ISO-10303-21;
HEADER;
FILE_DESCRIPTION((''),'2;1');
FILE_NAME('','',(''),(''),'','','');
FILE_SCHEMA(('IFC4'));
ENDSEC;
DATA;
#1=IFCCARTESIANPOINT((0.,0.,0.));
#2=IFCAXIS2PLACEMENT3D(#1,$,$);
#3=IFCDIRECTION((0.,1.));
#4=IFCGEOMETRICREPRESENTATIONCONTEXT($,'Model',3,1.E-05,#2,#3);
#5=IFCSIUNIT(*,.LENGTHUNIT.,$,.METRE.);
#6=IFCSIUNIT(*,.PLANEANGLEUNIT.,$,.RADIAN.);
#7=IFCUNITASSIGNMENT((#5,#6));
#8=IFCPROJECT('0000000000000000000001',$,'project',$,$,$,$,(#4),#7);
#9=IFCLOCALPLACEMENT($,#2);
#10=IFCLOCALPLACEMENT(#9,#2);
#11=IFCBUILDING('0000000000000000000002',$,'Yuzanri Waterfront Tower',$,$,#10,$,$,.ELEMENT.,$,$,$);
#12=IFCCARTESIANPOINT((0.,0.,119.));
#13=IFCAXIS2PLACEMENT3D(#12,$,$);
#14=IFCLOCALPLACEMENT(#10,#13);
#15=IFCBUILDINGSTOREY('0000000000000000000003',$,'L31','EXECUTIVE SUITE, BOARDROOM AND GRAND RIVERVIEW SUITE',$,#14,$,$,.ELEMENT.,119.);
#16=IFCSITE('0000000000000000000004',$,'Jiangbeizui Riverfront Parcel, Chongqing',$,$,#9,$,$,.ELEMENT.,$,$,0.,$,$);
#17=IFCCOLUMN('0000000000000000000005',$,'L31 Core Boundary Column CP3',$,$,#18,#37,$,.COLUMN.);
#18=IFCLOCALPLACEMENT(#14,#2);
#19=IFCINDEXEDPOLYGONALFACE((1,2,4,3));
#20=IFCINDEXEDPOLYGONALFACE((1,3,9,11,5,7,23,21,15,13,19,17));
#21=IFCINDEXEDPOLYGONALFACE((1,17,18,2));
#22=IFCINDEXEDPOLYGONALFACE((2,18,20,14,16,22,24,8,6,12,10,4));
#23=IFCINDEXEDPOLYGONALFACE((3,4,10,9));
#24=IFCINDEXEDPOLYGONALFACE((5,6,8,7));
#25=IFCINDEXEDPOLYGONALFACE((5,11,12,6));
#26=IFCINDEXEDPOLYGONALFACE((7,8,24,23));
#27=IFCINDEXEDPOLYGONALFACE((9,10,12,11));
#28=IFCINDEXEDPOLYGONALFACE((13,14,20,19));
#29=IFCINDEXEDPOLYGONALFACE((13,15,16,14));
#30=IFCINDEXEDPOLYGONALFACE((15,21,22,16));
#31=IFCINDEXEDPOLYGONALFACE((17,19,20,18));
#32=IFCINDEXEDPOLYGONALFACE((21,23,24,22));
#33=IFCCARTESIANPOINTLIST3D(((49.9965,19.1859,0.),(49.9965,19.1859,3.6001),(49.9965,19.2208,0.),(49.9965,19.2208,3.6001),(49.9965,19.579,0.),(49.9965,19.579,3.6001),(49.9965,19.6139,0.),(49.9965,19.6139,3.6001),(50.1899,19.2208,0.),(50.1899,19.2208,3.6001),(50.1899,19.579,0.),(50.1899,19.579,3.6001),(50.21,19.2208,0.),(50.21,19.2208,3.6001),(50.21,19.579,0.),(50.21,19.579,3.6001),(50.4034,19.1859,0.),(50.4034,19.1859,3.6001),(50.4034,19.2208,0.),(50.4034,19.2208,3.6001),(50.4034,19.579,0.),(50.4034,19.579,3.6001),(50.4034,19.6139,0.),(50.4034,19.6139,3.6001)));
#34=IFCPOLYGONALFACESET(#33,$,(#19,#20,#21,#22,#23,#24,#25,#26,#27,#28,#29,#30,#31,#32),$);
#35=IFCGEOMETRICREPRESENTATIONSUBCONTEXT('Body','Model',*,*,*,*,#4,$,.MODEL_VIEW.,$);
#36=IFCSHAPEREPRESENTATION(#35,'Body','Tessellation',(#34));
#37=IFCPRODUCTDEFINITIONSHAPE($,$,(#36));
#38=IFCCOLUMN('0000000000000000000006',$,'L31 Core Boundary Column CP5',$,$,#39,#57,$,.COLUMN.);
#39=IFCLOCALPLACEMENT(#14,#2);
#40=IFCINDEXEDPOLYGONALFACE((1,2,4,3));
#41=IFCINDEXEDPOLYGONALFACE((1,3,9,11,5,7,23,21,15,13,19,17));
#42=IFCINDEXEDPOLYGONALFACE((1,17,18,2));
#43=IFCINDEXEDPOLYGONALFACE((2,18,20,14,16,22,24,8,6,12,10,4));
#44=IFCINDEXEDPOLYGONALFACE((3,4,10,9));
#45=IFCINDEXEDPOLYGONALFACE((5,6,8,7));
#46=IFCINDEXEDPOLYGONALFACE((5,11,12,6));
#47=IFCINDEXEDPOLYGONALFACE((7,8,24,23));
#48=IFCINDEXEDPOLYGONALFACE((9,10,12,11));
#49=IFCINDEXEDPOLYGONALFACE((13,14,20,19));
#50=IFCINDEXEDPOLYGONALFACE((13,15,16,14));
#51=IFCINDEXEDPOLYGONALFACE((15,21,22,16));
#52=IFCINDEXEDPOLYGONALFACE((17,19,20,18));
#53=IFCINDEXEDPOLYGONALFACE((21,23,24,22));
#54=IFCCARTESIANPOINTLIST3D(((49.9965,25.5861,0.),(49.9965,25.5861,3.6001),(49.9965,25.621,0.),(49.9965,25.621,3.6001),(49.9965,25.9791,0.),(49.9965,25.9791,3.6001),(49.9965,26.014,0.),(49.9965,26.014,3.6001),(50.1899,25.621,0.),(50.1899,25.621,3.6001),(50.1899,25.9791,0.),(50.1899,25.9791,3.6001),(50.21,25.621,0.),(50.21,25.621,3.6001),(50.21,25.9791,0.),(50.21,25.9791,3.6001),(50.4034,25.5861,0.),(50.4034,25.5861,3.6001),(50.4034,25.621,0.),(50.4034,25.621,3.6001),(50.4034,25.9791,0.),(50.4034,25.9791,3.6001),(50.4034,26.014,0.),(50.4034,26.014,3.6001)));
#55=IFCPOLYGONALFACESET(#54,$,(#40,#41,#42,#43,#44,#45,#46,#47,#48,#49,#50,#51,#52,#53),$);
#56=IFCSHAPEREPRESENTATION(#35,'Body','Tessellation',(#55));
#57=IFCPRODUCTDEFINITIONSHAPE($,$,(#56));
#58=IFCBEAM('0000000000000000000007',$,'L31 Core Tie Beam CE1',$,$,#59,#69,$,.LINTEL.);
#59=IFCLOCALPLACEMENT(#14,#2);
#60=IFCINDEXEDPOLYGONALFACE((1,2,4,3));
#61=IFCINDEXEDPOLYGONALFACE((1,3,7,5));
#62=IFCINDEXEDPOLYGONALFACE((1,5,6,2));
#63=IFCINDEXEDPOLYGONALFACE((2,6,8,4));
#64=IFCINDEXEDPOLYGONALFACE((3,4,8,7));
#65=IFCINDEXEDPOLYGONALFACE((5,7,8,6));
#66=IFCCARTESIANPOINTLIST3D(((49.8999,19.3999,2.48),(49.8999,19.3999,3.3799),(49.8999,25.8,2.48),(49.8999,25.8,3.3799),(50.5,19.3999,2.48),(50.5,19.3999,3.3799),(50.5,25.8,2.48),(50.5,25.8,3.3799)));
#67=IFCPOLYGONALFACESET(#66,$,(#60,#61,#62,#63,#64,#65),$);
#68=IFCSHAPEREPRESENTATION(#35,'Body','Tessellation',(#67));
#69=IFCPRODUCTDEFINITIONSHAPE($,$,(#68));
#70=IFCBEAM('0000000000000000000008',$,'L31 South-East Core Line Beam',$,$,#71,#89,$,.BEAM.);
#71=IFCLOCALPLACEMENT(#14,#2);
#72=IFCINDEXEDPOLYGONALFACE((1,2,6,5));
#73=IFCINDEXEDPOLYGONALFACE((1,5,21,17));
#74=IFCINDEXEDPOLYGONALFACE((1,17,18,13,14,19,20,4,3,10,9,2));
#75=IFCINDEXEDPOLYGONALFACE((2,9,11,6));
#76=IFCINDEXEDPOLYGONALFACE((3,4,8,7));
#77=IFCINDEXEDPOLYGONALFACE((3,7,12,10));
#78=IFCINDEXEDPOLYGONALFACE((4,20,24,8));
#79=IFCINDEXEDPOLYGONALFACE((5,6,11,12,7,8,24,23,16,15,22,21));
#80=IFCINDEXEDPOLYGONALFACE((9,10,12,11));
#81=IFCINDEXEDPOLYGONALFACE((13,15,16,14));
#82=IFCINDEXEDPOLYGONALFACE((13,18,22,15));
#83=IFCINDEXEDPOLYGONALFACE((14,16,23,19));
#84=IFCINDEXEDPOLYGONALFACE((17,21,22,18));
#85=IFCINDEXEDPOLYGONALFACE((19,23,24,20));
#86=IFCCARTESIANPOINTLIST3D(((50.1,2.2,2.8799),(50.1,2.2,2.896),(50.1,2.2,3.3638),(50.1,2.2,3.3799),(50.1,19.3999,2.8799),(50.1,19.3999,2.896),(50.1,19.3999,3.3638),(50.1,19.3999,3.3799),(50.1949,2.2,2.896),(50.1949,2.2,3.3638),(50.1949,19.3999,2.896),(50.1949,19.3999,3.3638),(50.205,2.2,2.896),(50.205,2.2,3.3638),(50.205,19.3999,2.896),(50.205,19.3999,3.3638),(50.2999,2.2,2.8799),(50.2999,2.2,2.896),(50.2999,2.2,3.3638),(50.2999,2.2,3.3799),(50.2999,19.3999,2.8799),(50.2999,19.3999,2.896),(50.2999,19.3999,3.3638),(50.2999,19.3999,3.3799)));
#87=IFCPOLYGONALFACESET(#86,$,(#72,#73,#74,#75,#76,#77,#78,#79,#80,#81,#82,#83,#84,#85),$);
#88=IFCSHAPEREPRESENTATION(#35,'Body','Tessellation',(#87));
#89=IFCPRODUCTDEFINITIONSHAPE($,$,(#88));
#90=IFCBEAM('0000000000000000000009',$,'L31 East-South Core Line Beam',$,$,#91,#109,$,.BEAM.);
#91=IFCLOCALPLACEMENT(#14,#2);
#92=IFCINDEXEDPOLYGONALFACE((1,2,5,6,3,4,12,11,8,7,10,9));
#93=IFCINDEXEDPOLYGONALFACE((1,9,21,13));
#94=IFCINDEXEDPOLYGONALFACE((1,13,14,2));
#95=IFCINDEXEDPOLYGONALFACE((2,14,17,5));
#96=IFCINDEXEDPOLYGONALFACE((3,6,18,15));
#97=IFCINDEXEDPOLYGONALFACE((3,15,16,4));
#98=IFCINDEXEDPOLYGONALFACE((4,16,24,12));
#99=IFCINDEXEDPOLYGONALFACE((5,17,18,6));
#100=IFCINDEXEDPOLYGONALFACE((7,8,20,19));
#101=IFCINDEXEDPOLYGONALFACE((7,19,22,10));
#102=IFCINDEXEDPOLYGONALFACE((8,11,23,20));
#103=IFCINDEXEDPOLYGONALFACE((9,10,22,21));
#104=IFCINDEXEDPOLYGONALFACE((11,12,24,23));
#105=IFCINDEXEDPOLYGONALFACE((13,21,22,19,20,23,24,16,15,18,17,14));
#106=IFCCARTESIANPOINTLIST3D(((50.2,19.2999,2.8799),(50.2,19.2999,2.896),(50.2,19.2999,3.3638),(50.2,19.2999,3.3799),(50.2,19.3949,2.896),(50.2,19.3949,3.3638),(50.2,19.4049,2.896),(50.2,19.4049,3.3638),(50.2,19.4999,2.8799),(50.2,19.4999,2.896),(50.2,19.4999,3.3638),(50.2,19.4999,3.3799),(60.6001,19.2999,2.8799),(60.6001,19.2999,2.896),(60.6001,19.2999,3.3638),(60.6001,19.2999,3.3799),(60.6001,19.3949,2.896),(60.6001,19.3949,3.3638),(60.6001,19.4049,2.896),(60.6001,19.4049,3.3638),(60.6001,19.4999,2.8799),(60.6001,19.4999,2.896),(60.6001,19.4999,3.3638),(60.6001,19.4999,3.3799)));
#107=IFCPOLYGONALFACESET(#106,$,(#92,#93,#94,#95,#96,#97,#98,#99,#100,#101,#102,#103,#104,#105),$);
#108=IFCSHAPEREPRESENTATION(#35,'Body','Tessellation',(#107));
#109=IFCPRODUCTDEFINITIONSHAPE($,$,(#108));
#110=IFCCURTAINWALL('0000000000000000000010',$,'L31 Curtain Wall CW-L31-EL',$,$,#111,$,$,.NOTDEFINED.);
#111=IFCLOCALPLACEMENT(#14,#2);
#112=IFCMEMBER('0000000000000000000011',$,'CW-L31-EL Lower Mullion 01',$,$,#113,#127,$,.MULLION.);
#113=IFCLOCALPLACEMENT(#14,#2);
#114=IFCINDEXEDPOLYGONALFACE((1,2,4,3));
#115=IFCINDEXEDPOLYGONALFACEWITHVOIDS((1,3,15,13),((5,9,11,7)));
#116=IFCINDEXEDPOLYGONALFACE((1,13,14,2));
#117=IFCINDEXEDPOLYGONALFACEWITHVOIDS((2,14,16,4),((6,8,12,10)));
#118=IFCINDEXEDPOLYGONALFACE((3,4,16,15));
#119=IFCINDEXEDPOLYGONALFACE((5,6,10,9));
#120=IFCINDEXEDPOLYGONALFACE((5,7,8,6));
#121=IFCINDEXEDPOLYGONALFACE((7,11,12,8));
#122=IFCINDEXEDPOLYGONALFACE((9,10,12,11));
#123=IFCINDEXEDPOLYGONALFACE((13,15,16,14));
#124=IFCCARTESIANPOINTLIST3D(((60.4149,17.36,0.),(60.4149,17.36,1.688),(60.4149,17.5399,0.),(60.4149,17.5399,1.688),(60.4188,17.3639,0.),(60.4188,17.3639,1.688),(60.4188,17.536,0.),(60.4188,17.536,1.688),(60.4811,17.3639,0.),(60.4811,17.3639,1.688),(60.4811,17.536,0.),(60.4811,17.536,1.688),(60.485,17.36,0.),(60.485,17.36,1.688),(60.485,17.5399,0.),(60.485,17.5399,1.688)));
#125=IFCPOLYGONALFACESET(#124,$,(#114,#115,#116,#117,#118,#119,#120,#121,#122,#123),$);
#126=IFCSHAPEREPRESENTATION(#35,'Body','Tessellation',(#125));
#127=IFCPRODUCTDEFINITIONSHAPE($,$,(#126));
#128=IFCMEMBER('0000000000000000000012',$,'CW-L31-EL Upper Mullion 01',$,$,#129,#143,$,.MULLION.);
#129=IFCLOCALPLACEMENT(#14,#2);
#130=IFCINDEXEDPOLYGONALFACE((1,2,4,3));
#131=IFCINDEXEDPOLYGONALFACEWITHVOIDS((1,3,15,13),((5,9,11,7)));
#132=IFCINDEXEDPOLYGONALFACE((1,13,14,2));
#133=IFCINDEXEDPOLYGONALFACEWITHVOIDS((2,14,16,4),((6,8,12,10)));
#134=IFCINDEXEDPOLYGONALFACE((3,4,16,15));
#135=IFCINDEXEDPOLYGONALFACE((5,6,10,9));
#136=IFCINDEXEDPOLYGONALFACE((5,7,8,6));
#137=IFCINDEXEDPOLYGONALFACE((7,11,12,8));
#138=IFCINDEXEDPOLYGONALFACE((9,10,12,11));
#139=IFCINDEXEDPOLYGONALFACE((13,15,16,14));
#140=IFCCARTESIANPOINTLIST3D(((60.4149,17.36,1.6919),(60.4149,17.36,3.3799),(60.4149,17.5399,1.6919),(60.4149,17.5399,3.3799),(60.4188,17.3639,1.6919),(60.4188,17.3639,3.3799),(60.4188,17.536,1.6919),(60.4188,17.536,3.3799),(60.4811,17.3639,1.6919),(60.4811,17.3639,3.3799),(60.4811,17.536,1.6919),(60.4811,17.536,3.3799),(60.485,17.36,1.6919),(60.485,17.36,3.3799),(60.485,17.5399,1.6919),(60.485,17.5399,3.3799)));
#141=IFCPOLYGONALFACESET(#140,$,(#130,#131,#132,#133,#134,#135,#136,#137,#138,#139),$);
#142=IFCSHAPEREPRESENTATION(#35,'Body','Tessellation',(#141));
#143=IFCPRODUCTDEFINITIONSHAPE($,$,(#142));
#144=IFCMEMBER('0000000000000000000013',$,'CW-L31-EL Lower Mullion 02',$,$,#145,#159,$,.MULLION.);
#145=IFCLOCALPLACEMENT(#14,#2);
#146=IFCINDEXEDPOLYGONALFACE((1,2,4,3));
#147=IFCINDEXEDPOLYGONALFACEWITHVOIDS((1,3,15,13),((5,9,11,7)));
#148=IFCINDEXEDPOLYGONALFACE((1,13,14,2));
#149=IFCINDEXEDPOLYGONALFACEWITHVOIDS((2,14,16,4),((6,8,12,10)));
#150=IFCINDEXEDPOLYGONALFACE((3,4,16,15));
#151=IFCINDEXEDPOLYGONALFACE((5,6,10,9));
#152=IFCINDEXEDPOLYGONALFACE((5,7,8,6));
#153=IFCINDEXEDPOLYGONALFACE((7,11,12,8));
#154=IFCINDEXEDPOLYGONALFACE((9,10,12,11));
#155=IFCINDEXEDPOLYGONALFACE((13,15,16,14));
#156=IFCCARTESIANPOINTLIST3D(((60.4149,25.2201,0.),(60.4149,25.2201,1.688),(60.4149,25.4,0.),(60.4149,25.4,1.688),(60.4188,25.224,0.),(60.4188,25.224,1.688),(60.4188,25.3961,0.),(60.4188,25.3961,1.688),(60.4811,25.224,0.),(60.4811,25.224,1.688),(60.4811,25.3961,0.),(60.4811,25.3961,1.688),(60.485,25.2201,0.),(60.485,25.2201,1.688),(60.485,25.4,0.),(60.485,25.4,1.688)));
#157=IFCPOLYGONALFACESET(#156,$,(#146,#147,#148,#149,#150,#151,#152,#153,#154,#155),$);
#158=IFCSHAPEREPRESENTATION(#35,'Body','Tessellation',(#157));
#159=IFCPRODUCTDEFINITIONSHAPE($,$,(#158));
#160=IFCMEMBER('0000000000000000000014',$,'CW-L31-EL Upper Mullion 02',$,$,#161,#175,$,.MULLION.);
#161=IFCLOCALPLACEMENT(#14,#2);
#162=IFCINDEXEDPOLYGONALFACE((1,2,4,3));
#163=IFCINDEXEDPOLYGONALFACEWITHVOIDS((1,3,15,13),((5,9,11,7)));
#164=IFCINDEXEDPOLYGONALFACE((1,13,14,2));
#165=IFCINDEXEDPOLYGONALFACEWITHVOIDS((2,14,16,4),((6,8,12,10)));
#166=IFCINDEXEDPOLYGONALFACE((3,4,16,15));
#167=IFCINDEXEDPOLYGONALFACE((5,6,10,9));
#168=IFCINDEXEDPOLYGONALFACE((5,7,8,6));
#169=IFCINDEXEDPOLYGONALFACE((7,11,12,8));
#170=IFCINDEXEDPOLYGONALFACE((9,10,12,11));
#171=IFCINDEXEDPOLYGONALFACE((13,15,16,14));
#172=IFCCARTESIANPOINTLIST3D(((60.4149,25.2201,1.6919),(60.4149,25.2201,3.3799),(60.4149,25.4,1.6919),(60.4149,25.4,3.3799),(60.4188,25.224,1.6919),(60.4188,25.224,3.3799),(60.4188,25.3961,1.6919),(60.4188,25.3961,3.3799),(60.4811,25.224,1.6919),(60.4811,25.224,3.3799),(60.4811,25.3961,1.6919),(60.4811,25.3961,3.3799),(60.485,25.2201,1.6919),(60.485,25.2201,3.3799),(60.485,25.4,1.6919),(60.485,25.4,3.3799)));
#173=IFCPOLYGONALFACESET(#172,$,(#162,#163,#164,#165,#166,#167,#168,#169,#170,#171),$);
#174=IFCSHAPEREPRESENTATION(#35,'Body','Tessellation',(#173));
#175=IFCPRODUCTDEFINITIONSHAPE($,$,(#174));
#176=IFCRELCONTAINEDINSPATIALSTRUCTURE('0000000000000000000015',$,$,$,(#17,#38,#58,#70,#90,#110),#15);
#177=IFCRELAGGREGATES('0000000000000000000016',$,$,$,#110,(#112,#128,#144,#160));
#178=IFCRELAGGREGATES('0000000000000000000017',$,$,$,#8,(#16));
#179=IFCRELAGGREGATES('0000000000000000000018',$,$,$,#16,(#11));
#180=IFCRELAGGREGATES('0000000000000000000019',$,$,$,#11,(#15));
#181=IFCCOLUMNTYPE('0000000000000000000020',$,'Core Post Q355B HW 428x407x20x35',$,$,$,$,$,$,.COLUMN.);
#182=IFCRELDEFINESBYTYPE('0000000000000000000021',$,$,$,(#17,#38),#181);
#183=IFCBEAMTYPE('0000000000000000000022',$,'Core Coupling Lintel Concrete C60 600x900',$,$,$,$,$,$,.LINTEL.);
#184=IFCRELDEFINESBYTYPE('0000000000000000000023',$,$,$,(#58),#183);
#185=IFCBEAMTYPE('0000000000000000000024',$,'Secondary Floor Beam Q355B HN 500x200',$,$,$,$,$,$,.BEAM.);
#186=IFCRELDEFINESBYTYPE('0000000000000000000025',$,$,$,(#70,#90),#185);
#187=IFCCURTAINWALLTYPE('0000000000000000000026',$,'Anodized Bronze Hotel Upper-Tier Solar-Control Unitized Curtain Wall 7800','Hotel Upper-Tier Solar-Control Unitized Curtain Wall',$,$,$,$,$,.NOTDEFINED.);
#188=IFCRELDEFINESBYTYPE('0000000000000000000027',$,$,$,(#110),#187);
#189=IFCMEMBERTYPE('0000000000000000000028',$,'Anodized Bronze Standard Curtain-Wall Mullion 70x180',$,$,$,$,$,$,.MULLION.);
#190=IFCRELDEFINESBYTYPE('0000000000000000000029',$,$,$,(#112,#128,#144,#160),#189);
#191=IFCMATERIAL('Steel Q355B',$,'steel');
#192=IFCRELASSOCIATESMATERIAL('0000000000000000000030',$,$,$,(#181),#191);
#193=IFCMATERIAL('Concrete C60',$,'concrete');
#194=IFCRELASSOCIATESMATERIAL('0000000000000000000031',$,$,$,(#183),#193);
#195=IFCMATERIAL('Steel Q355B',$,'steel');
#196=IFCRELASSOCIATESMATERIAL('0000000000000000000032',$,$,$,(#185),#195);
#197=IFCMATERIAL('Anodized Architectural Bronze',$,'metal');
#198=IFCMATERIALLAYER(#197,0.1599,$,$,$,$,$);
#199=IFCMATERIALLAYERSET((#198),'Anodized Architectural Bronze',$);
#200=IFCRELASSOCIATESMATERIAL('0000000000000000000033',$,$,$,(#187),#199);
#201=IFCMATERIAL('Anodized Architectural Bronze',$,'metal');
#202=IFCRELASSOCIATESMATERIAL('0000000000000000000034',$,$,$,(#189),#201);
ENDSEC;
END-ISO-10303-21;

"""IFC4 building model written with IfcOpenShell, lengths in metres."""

from ifc_helpers import new_model, si_unit, direction, frame, origin, origin_2d, place, context, subcontext, project, spatial, rectangle, hollow_rectangle, i_section, extrude, source, transform, mapped, material, layer, layer_set, material_profile, profile_set, type_object, element, aggregate, save


model = new_model("IFC4")

# Units and contexts
model_context = context("Model", 3, precision=1e-05, world=origin(), true_north=direction((0.0, 1.0)))
body_context = subcontext(model_context, "Body", "Model", "MODEL_VIEW")
ifc_project = project(units=[si_unit("LENGTHUNIT", "METRE"), si_unit("PLANEANGLEUNIT", "RADIAN")], contexts=[model_context])

# Site, building, storey
site_placement = place(None, origin())
site = spatial("IfcSite", under=ifc_project, at=site_placement, Name="Jiangbeizui Riverfront Parcel, Chongqing", CompositionType="ELEMENT", RefElevation=0.0)
building_placement = place(site_placement, origin())
building = spatial("IfcBuilding", under=site, at=building_placement, Name="Yuzanri Waterfront Tower", CompositionType="ELEMENT")
storey_placement = place(building_placement, frame((0.0, 0.0, 119.0)))
storey = spatial("IfcBuildingStorey", under=building, at=storey_placement, Name="L31", Description="EXECUTIVE SUITE, BOARDROOM AND GRAND RIVERVIEW SUITE", CompositionType="ELEMENT", Elevation=119.0)

# Columns
ifc_material_1 = material(Name="Steel Q355B", Category="steel")
ifc_material_profile_1 = material_profile(ifc_material_1, i_section(OverallWidth=0.407, OverallDepth=0.428, WebThickness=0.02, FlangeThickness=0.0349, at=origin_2d()), Name="HW 428x407x20x35")
ifc_profile_set_1 = profile_set([ifc_material_profile_1], Name="Steel Q355B")
column_type = type_object("IfcColumnType", Name="Core Post Q355B HW 428x407x20x35", PredefinedType="COLUMN", material=ifc_profile_set_1)
shared_shape_1 = source(origin(), body_context, "Body", "SweptSolid", [
    extrude(i_section(OverallWidth=0.407, OverallDepth=0.428, WebThickness=0.02, FlangeThickness=0.0349, at=origin_2d()), origin(), (0.0, 0.0, 1.0), 3.6001),
])
for number, where, z_axis, x_axis, name in (
    (1, (50.2, 19.3999, 0.0), (0.0, 0.0, 1.0), (1.0, 0.0, 0.0), "L31 Core Boundary Column CP3"),
    (2, (50.2, 25.8, 0.0), (0.0, 0.0, 1.0), (1.0, 0.0, 0.0), "L31 Core Boundary Column CP5"),
):
    element("IfcColumn", number, at=place(storey_placement, frame(where, z_axis=z_axis, x_axis=x_axis)), inside=storey, type_object=column_type, Name=name, PredefinedType="COLUMN", context=body_context, shape_type="MappedRepresentation", body=[
        mapped(shared_shape_1, transform((0.0, 0.0, 0.0), scale=1.0)),
    ])

# Beams
ifc_material_2 = material(Name="Concrete C60", Category="concrete")
ifc_material_profile_2 = material_profile(ifc_material_2, rectangle(XDim=0.6001, YDim=0.8999, at=origin_2d()), Name="RC 600x900")
ifc_profile_set_2 = profile_set([ifc_material_profile_2], Name="Concrete C60")
beam_type_1 = type_object("IfcBeamType", Name="Core Coupling Lintel Concrete C60 600x900", PredefinedType="LINTEL", material=ifc_profile_set_2)
shared_shape_2 = source(origin(), body_context, "Body", "SweptSolid", [
    extrude(rectangle(XDim=0.6001, YDim=0.8999, at=origin_2d()), origin(), (0.0, 0.0, 1.0), 6.4001),
])
beam_1_placement = place(storey_placement, frame((50.2, 19.3999, 2.9299), z_axis=(0.0, 1.0, 0.0), x_axis=(-1.0, 0.0, 0.0)))
element("IfcBeam", 3, at=beam_1_placement, inside=storey, type_object=beam_type_1, Name="L31 Core Tie Beam CE1", PredefinedType="LINTEL", context=body_context, shape_type="MappedRepresentation", body=[
    mapped(shared_shape_2, transform((0.0, 0.0, 0.0), scale=1.0)),
])
ifc_material_3 = material(Name="Steel Q355B", Category="steel")
ifc_material_profile_3 = material_profile(ifc_material_3, i_section(OverallWidth=0.2, OverallDepth=0.5, WebThickness=0.01, FlangeThickness=0.0161, at=origin_2d()), Name="HN 500x200x10x16")
ifc_profile_set_3 = profile_set([ifc_material_profile_3], Name="Steel Q355B")
beam_type_2 = type_object("IfcBeamType", Name="Secondary Floor Beam Q355B HN 500x200", PredefinedType="BEAM", material=ifc_profile_set_3)
shared_shape_3 = source(origin(), body_context, "Body", "SweptSolid", [
    extrude(i_section(OverallWidth=0.2, OverallDepth=0.5, WebThickness=0.01, FlangeThickness=0.0161, at=origin_2d()), origin(), (0.0, 0.0, 1.0), 17.2),
])
beam_2_placement = place(storey_placement, frame((50.2, 19.3999, 3.1299), z_axis=(0.0, -1.0, 0.0), x_axis=(1.0, 0.0, 0.0)))
element("IfcBeam", 4, at=beam_2_placement, inside=storey, type_object=beam_type_2, Name="L31 South-East Core Line Beam", PredefinedType="BEAM", context=body_context, shape_type="MappedRepresentation", body=[
    mapped(shared_shape_3, transform((0.0, 0.0, 0.0), scale=1.0)),
])
shared_shape_4 = source(origin(), body_context, "Body", "SweptSolid", [
    extrude(i_section(OverallWidth=0.2, OverallDepth=0.5, WebThickness=0.01, FlangeThickness=0.0161, at=origin_2d()), origin(), (0.0, 0.0, 1.0), 10.4001),
])
beam_3_placement = place(storey_placement, frame((50.2, 19.3999, 3.1299), z_axis=(1.0, 0.0, 0.0), x_axis=(0.0, 1.0, 0.0)))
element("IfcBeam", 5, at=beam_3_placement, inside=storey, type_object=beam_type_2, Name="L31 East-South Core Line Beam", PredefinedType="BEAM", context=body_context, shape_type="MappedRepresentation", body=[
    mapped(shared_shape_4, transform((0.0, 0.0, 0.0), scale=1.0)),
])

# Curtain wall, members
ifc_material_4 = material(Name="Anodized Architectural Bronze", Category="metal")
ifc_layer_1 = layer(ifc_material_4, 0.1599)
ifc_layer_set_1 = layer_set([ifc_layer_1], Name="Anodized Architectural Bronze")
curtain_wall_type = type_object("IfcCurtainWallType", Name="Anodized Bronze Hotel Upper-Tier Solar-Control Unitized Curtain Wall 7800", Description="Hotel Upper-Tier Solar-Control Unitized Curtain Wall", PredefinedType="NOTDEFINED", material=ifc_layer_set_1)
curtain_wall_placement = place(storey_placement, origin())
curtain_wall = element("IfcCurtainWall", 6, at=curtain_wall_placement, inside=storey, type_object=curtain_wall_type, Name="L31 Curtain Wall CW-L31-EL", PredefinedType="NOTDEFINED")
ifc_material_5 = material(Name="Anodized Architectural Bronze", Category="metal")
ifc_material_profile_4 = material_profile(ifc_material_5, hollow_rectangle(XDim=0.0701, YDim=0.1799, WallThickness=0.0039, at=origin_2d()), Name="CWM 70x180")
ifc_profile_set_4 = profile_set([ifc_material_profile_4], Name="Anodized Architectural Bronze")
member_type = type_object("IfcMemberType", Name="Anodized Bronze Standard Curtain-Wall Mullion 70x180", PredefinedType="MULLION", material=ifc_profile_set_4)
shared_shape_5 = source(origin(), body_context, "Body", "SweptSolid", [
    extrude(hollow_rectangle(XDim=0.0701, YDim=0.1799, WallThickness=0.0039, at=origin_2d()), origin(), (0.0, 0.0, 1.0), 1.688),
])
member_1_placement = place(storey_placement, frame((60.45, 17.45, 0.0), z_axis=(0.0, 0.0, 1.0), x_axis=(1.0, 0.0, 0.0)))
member_1 = element("IfcMember", 7, at=member_1_placement, type_object=member_type, Name="CW-L31-EL Lower Mullion 01", PredefinedType="MULLION", context=body_context, shape_type="MappedRepresentation", body=[
    mapped(shared_shape_5, transform((0.0, 0.0, 0.0), scale=1.0)),
])
member_2_placement = place(storey_placement, frame((60.45, 17.45, 1.6919), z_axis=(0.0, 0.0, 1.0), x_axis=(1.0, 0.0, 0.0)))
member_2 = element("IfcMember", 8, at=member_2_placement, type_object=member_type, Name="CW-L31-EL Upper Mullion 01", PredefinedType="MULLION", context=body_context, shape_type="MappedRepresentation", body=[
    mapped(shared_shape_5, transform((0.0, 0.0, 0.0), scale=1.0)),
])
member_3_placement = place(storey_placement, frame((60.45, 25.3101, 0.0), z_axis=(0.0, 0.0, 1.0), x_axis=(1.0, 0.0, 0.0)))
member_3 = element("IfcMember", 9, at=member_3_placement, type_object=member_type, Name="CW-L31-EL Lower Mullion 02", PredefinedType="MULLION", context=body_context, shape_type="MappedRepresentation", body=[
    mapped(shared_shape_5, transform((0.0, 0.0, 0.0), scale=1.0)),
])
member_4_placement = place(storey_placement, frame((60.45, 25.3101, 1.6919), z_axis=(0.0, 0.0, 1.0), x_axis=(1.0, 0.0, 0.0)))
member_4 = element("IfcMember", 10, at=member_4_placement, type_object=member_type, Name="CW-L31-EL Upper Mullion 02", PredefinedType="MULLION", context=body_context, shape_type="MappedRepresentation", body=[
    mapped(shared_shape_5, transform((0.0, 0.0, 0.0), scale=1.0)),
])
aggregate(curtain_wall, [member_1, member_2, member_3, member_4])

save(model, "model.ifc")
